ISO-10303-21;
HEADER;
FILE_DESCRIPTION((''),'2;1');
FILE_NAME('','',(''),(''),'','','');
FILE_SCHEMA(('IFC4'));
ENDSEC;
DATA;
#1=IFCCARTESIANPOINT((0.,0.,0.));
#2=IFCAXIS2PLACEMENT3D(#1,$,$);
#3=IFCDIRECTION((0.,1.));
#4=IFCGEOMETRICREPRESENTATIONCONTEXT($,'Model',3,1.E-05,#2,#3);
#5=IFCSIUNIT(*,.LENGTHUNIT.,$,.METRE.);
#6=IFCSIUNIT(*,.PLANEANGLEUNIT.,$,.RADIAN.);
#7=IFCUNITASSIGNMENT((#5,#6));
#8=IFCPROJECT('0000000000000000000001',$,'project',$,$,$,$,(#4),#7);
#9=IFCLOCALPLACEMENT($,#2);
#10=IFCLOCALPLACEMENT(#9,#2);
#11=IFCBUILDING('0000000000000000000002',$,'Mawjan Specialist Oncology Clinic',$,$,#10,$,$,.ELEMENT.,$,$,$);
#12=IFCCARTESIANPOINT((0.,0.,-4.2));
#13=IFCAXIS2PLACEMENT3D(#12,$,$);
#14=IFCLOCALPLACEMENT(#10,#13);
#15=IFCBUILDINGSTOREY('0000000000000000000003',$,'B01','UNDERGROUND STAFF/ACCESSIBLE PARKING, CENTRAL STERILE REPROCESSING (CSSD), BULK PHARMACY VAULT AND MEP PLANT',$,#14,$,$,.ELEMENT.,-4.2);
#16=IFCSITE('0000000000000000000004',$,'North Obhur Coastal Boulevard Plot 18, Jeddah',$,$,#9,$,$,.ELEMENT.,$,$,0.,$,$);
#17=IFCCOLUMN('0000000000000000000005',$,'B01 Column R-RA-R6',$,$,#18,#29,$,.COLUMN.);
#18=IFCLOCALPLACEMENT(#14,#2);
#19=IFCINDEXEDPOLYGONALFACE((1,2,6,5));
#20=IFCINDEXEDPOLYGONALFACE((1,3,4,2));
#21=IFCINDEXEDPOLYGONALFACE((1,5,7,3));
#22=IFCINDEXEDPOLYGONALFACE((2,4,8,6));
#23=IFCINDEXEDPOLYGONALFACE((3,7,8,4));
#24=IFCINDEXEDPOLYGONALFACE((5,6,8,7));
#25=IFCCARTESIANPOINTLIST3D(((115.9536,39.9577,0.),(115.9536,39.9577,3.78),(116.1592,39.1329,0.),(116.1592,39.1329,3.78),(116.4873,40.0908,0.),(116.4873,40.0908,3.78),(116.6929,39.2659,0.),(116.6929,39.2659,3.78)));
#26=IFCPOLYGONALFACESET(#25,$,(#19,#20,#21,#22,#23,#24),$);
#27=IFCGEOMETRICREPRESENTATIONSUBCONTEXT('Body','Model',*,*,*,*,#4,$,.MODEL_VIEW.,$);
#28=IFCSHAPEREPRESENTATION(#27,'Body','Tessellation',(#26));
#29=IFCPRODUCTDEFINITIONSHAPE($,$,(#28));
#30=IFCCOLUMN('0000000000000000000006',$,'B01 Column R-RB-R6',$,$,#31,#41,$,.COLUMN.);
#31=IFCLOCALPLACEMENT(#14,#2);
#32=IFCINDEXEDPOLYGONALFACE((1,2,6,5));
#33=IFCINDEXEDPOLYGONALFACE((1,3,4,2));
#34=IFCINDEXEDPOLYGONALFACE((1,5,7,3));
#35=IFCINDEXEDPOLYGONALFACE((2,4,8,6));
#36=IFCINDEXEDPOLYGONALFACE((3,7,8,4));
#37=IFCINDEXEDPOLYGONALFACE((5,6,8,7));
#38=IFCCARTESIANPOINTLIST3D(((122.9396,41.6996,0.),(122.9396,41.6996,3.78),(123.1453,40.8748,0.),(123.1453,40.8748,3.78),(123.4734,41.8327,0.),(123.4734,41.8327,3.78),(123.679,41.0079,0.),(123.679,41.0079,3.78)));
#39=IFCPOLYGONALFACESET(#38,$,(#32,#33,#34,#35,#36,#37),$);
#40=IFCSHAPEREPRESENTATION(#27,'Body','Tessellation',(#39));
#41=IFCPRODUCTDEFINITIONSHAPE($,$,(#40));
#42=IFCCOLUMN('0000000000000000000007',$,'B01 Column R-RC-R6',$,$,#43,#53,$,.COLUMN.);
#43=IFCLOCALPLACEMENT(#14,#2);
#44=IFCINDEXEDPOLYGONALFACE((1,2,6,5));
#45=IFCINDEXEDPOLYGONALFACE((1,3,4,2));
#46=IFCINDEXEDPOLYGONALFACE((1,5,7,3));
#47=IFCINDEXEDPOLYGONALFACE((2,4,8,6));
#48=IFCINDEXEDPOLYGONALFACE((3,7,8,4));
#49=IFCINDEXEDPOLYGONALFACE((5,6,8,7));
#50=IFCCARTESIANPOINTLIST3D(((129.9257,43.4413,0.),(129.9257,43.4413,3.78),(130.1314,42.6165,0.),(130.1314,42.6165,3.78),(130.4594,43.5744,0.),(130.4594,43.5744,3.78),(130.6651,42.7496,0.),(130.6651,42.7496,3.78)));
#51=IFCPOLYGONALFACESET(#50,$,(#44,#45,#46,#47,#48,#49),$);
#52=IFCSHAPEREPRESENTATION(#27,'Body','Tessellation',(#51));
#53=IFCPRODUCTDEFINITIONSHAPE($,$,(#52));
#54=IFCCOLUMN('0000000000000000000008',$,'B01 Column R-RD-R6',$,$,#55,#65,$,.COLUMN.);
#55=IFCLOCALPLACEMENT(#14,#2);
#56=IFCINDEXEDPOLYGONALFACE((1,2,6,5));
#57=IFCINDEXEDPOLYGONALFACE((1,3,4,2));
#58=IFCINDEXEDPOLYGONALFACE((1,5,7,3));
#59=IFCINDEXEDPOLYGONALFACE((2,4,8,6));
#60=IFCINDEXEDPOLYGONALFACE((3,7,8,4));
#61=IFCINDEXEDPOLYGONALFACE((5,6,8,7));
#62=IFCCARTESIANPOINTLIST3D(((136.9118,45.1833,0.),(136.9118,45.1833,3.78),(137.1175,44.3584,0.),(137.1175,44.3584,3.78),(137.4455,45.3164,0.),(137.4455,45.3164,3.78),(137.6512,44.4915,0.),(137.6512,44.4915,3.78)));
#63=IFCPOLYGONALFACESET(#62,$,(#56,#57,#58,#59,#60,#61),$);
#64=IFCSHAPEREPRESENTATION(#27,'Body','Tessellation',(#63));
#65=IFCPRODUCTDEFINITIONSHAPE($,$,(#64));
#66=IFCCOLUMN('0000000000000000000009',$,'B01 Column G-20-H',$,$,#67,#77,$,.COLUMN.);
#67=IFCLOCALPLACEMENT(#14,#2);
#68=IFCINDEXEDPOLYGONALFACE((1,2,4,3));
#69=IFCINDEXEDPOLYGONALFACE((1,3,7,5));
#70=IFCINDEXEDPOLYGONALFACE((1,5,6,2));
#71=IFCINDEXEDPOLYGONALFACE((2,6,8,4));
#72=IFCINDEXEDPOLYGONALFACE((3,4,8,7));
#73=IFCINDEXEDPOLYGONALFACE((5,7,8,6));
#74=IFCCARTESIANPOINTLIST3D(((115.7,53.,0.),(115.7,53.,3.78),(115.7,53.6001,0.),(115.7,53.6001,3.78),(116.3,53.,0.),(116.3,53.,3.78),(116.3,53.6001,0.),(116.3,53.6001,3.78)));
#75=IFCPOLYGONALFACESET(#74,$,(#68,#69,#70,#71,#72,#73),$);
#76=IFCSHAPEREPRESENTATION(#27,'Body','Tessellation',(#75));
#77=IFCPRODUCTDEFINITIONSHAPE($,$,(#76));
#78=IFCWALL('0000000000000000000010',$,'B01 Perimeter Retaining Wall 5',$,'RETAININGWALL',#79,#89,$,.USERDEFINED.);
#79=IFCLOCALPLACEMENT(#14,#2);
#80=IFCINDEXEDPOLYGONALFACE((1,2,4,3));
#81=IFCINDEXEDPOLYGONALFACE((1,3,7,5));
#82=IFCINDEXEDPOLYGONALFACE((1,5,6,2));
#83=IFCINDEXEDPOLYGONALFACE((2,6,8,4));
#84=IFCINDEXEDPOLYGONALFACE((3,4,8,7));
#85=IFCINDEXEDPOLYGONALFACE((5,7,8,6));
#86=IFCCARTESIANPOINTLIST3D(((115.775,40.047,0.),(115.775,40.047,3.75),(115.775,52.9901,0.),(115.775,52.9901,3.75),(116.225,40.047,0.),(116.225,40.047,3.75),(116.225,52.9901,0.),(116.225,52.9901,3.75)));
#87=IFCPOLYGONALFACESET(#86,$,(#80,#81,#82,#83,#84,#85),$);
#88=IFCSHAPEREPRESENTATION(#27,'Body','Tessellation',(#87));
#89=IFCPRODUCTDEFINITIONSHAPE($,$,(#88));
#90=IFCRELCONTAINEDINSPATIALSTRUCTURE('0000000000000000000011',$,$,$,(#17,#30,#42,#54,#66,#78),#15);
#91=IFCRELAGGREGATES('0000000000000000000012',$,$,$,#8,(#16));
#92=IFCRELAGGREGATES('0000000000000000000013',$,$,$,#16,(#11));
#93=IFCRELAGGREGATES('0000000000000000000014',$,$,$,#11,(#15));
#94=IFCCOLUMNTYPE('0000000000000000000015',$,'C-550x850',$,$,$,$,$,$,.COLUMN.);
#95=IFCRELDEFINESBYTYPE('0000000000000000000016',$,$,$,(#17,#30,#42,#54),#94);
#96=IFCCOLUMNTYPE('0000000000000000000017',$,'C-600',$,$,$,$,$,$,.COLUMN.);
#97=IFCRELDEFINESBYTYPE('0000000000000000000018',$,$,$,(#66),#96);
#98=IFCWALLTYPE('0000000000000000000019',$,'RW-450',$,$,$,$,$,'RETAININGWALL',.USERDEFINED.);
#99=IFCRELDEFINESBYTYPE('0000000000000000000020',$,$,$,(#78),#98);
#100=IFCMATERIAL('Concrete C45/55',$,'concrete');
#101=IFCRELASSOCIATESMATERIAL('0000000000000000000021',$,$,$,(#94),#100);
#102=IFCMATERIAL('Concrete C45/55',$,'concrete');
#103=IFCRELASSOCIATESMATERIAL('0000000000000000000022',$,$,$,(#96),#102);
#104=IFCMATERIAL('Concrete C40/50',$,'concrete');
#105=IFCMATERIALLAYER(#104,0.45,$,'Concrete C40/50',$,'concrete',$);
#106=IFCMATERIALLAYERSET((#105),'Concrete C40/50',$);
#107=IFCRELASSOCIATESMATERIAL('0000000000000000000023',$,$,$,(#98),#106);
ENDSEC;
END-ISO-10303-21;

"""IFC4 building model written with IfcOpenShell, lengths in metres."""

from ifc_helpers import new_model, si_unit, direction, frame, frame_2d, origin, origin_2d, place, context, subcontext, project, spatial, rectangle, extrude, material, layer, layer_set, material_profile, profile_set, type_object, element, save


model = new_model("IFC4")

# Units and contexts
model_context = context("Model", 3, precision=1e-05, world=origin(), true_north=direction((0.0, 1.0)))
body_context = subcontext(model_context, "Body", "Model", "MODEL_VIEW")
ifc_project = project(units=[si_unit("LENGTHUNIT", "METRE"), si_unit("PLANEANGLEUNIT", "RADIAN")], contexts=[model_context])

# Site, building, storey
site_placement = place(None, origin())
site = spatial("IfcSite", under=ifc_project, at=site_placement, Name="North Obhur Coastal Boulevard Plot 18, Jeddah", CompositionType="ELEMENT", RefElevation=0.0)
building_placement = place(site_placement, origin())
building = spatial("IfcBuilding", under=site, at=building_placement, Name="Mawjan Specialist Oncology Clinic", CompositionType="ELEMENT")
storey_placement = place(building_placement, frame((0.0, 0.0, -4.2)))
storey = spatial("IfcBuildingStorey", under=building, at=storey_placement, Name="B01", Description="UNDERGROUND STAFF/ACCESSIBLE PARKING, CENTRAL STERILE REPROCESSING (CSSD), BULK PHARMACY VAULT AND MEP PLANT", CompositionType="ELEMENT", Elevation=-4.2)

# Columns
ifc_material_1 = material(Name="Concrete C45/55", Category="concrete")
ifc_material_profile_1 = material_profile(ifc_material_1, rectangle(XDim=0.55, YDim=0.8501, at=origin_2d()), Name="RC COL 550x850", Category="concrete")
ifc_profile_set_1 = profile_set([ifc_material_profile_1], Name="Concrete C45/55")
column_type_1 = type_object("IfcColumnType", Name="C-550x850", PredefinedType="COLUMN", material=ifc_profile_set_1)
for number, where, z_axis, x_axis, name in (
    (1, (116.3232, 39.6118, 0.0), (0.0, 0.0, 1.0), (0.970296, 0.241922, 0.0), "B01 Column R-RA-R6"),
    (2, (123.3093, 41.3538, 0.0), (0.0, 0.0, 1.0), (0.970296, 0.241922, 0.0), "B01 Column R-RB-R6"),
    (3, (130.2954, 43.0955, 0.0), (0.0, 0.0, 1.0), (0.970296, 0.241922, 0.0), "B01 Column R-RC-R6"),
    (4, (137.2815, 44.8374, 0.0), (0.0, 0.0, 1.0), (0.970296, 0.241922, 0.0), "B01 Column R-RD-R6"),
):
    element("IfcColumn", number, at=place(storey_placement, frame(where, z_axis=z_axis, x_axis=x_axis)), inside=storey, type_object=column_type_1, Name=name, PredefinedType="COLUMN", context=body_context, shape_type="SweptSolid", body=[
        extrude(rectangle(XDim=0.55, YDim=0.8501, at=origin_2d()), origin(), (0.0, 0.0, 1.0), 3.78),
    ])
ifc_material_2 = material(Name="Concrete C45/55", Category="concrete")
ifc_material_profile_2 = material_profile(ifc_material_2, rectangle(XDim=0.6001, YDim=0.6001, at=origin_2d()), Name="RC COL 600x600", Category="concrete")
ifc_profile_set_2 = profile_set([ifc_material_profile_2], Name="Concrete C45/55")
column_type_2 = type_object("IfcColumnType", Name="C-600", PredefinedType="COLUMN", material=ifc_profile_set_2)
column_placement = place(storey_placement, frame((116.0, 53.3, 0.0), z_axis=(0.0, 0.0, 1.0), x_axis=(1.0, 0.0, 0.0)))
element("IfcColumn", 5, at=column_placement, inside=storey, type_object=column_type_2, Name="B01 Column G-20-H", PredefinedType="COLUMN", context=body_context, shape_type="SweptSolid", body=[
    extrude(rectangle(XDim=0.6001, YDim=0.6001, at=origin_2d()), origin(), (0.0, 0.0, 1.0), 3.78),
])

# Wall
ifc_material_3 = material(Name="Concrete C40/50", Category="concrete")
ifc_layer = layer(ifc_material_3, 0.45, Name="Concrete C40/50", Category="concrete")
ifc_layer_set = layer_set([ifc_layer], Name="Concrete C40/50")
wall_type = type_object("IfcWallType", Name="RW-450", ElementType="RETAININGWALL", PredefinedType="USERDEFINED", material=ifc_layer_set)
wall_placement = place(storey_placement, frame((116.0, 40.0469, 0.0), z_axis=(0.0, 0.0, 1.0), x_axis=(0.0, 1.0, 0.0)))
element("IfcWall", 6, at=wall_placement, inside=storey, type_object=wall_type, Name="B01 Perimeter Retaining Wall 5", ObjectType="RETAININGWALL", PredefinedType="USERDEFINED", context=body_context, shape_type="SweptSolid", body=[
    extrude(rectangle(XDim=12.9431, YDim=0.45, at=frame_2d((6.4717, 0.0))), origin(), (0.0, 0.0, 1.0), 3.75),
])

save(model, "model.ifc")
